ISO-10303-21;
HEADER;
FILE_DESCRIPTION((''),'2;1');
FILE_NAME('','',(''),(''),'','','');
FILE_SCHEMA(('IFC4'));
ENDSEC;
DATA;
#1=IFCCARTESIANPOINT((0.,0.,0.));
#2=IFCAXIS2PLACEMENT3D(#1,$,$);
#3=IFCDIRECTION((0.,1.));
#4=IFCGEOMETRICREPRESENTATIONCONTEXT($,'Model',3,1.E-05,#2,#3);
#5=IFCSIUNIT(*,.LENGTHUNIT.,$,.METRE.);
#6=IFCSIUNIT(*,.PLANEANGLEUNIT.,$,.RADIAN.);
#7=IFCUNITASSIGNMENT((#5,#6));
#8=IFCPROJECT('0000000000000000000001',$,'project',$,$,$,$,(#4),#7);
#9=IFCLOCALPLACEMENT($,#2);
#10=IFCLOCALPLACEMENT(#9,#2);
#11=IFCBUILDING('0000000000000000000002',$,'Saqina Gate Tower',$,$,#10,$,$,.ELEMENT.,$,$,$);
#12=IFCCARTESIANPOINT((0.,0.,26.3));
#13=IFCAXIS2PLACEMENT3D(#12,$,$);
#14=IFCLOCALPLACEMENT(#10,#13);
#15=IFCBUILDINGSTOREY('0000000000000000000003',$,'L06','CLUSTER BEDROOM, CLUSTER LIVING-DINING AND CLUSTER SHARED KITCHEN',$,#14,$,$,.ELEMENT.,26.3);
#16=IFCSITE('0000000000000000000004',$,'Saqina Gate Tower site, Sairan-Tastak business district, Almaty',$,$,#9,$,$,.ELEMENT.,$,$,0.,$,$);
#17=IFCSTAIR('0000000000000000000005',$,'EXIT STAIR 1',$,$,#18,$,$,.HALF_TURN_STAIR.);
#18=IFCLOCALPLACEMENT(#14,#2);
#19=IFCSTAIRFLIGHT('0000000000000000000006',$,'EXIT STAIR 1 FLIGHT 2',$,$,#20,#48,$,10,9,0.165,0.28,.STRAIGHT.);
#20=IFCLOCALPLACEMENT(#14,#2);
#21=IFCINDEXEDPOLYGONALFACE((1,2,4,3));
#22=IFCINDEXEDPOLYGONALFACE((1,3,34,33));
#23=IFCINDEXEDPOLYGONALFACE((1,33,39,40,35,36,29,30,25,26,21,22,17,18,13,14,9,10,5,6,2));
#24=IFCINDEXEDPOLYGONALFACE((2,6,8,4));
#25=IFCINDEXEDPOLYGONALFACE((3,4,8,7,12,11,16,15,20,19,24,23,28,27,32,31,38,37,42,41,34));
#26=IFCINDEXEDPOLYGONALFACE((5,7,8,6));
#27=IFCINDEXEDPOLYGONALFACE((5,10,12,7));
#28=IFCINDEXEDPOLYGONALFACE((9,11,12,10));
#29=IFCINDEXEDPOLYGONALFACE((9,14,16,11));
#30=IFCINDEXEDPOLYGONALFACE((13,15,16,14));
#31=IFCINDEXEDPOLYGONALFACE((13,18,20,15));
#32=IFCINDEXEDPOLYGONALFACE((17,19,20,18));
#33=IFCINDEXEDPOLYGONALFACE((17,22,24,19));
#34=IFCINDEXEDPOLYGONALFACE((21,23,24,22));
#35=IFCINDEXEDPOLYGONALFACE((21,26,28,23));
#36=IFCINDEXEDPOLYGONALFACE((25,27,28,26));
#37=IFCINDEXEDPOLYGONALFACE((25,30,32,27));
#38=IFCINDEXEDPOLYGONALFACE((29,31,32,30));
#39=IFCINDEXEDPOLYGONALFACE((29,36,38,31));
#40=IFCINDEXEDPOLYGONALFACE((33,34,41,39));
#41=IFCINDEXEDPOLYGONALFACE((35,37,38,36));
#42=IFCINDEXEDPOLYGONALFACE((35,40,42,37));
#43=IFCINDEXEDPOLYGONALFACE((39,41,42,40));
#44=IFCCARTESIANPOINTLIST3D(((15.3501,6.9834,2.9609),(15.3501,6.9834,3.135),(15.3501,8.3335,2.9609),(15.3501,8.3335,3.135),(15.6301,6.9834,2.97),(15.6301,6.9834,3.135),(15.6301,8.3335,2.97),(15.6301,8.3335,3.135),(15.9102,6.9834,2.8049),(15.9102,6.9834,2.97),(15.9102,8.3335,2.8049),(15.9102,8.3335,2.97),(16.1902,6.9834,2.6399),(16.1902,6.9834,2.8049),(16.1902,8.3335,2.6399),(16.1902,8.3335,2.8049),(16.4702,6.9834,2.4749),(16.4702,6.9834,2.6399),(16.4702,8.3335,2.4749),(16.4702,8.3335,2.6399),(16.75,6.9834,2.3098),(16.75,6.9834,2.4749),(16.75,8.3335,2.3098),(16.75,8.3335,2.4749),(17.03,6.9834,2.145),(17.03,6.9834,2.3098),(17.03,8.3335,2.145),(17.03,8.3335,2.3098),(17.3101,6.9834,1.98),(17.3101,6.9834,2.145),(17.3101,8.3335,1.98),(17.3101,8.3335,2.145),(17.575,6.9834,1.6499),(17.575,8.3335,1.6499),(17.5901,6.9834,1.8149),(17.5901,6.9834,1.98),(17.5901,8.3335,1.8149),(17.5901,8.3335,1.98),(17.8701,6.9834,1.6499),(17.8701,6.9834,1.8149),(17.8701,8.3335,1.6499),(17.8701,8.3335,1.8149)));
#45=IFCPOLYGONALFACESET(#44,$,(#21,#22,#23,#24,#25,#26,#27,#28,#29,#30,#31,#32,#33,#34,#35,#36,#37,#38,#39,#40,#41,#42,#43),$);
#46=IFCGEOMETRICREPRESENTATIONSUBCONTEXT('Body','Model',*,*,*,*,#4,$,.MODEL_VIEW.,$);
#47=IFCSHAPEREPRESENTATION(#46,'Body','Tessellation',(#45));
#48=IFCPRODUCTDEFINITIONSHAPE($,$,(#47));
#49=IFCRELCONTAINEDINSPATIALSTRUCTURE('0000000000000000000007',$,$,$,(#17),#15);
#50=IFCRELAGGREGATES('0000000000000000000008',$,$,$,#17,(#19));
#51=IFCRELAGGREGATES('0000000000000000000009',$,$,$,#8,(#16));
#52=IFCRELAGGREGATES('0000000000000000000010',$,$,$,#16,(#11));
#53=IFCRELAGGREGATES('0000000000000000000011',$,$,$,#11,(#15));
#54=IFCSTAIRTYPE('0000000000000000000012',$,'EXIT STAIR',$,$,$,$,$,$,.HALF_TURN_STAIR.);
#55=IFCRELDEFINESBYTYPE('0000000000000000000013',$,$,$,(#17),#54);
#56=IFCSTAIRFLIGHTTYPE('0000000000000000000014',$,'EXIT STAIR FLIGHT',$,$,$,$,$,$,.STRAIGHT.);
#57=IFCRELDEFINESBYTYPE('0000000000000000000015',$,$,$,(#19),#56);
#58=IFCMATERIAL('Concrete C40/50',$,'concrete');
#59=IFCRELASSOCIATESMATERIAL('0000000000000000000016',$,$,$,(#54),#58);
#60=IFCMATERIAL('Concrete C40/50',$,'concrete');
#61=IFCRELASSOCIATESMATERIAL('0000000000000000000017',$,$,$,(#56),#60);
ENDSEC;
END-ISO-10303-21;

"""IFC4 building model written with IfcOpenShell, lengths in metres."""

from ifc_helpers import new_model, si_unit, direction, frame, origin, place, context, subcontext, project, spatial, polyline, outline, extrude, material, type_object, element, aggregate, save


model = new_model("IFC4")

# Units and contexts
model_context = context("Model", 3, precision=1e-05, world=origin(), true_north=direction((0.0, 1.0)))
body_context = subcontext(model_context, "Body", "Model", "MODEL_VIEW")
ifc_project = project(units=[si_unit("LENGTHUNIT", "METRE"), si_unit("PLANEANGLEUNIT", "RADIAN")], contexts=[model_context])

# Site, building, storey
site_placement = place(None, origin())
site = spatial("IfcSite", under=ifc_project, at=site_placement, Name="Saqina Gate Tower site, Sairan-Tastak business district, Almaty", CompositionType="ELEMENT", RefElevation=0.0)
building_placement = place(site_placement, origin())
building = spatial("IfcBuilding", under=site, at=building_placement, Name="Saqina Gate Tower", CompositionType="ELEMENT")
storey_placement = place(building_placement, frame((0.0, 0.0, 26.3)))
storey = spatial("IfcBuildingStorey", under=building, at=storey_placement, Name="L06", Description="CLUSTER BEDROOM, CLUSTER LIVING-DINING AND CLUSTER SHARED KITCHEN", CompositionType="ELEMENT", Elevation=26.3)

# Stair, stair flight
ifc_material_1 = material(Name="Concrete C40/50", Category="concrete")
stair_type = type_object("IfcStairType", Name="EXIT STAIR", PredefinedType="HALF_TURN_STAIR", material=ifc_material_1)
stair_placement = place(storey_placement, origin())
stair = element("IfcStair", 1, at=stair_placement, inside=storey, type_object=stair_type, Name="EXIT STAIR 1", PredefinedType="HALF_TURN_STAIR")
ifc_material_2 = material(Name="Concrete C40/50", Category="concrete")
stair_flight_type = type_object("IfcStairFlightType", Name="EXIT STAIR FLIGHT", PredefinedType="STRAIGHT", material=ifc_material_2)
stair_flight_1_placement = place(storey_placement, frame((17.8701, 7.6584, 1.6499), z_axis=(0.0, 0.0, 1.0), x_axis=(-1.0, 0.0, 0.0)))
stair_flight_1 = element("IfcStairFlight", 2, at=stair_flight_1_placement, type_object=stair_flight_type, Name="EXIT STAIR 1 FLIGHT 2", NumberOfRisers=10, NumberOfTreads=9, PredefinedType="STRAIGHT", RiserHeight=0.165, TreadLength=0.28, context=body_context, shape_type="SweptSolid", body=[
    extrude(outline(polyline([(0.0, 0.0), (0.0, 0.165), (0.28, 0.165), (0.28, 0.3301), (0.5601, 0.3301), (0.5601, 0.4951), (0.8401, 0.4951), (0.8401, 0.6599), (1.1201, 0.6599), (1.1201, 0.825), (1.3999, 0.825), (1.3999, 0.99), (1.6799, 0.99), (1.6799, 1.155), (1.96, 1.155), (1.96, 1.3201), (2.24, 1.3201), (2.24, 1.4851), (2.52, 1.4851), (2.52, 1.6499), (2.52, 1.311), (0.2952, 0.0), (0.0, 0.0)])), frame((0.0, 0.675, 0.0), z_axis=(0.0, -1.0, 0.0), x_axis=(1.0, 0.0, 0.0)), (0.0, 0.0, 1.0), 1.3501),
])
aggregate(stair, [stair_flight_1])

save(model, "model.ifc")
